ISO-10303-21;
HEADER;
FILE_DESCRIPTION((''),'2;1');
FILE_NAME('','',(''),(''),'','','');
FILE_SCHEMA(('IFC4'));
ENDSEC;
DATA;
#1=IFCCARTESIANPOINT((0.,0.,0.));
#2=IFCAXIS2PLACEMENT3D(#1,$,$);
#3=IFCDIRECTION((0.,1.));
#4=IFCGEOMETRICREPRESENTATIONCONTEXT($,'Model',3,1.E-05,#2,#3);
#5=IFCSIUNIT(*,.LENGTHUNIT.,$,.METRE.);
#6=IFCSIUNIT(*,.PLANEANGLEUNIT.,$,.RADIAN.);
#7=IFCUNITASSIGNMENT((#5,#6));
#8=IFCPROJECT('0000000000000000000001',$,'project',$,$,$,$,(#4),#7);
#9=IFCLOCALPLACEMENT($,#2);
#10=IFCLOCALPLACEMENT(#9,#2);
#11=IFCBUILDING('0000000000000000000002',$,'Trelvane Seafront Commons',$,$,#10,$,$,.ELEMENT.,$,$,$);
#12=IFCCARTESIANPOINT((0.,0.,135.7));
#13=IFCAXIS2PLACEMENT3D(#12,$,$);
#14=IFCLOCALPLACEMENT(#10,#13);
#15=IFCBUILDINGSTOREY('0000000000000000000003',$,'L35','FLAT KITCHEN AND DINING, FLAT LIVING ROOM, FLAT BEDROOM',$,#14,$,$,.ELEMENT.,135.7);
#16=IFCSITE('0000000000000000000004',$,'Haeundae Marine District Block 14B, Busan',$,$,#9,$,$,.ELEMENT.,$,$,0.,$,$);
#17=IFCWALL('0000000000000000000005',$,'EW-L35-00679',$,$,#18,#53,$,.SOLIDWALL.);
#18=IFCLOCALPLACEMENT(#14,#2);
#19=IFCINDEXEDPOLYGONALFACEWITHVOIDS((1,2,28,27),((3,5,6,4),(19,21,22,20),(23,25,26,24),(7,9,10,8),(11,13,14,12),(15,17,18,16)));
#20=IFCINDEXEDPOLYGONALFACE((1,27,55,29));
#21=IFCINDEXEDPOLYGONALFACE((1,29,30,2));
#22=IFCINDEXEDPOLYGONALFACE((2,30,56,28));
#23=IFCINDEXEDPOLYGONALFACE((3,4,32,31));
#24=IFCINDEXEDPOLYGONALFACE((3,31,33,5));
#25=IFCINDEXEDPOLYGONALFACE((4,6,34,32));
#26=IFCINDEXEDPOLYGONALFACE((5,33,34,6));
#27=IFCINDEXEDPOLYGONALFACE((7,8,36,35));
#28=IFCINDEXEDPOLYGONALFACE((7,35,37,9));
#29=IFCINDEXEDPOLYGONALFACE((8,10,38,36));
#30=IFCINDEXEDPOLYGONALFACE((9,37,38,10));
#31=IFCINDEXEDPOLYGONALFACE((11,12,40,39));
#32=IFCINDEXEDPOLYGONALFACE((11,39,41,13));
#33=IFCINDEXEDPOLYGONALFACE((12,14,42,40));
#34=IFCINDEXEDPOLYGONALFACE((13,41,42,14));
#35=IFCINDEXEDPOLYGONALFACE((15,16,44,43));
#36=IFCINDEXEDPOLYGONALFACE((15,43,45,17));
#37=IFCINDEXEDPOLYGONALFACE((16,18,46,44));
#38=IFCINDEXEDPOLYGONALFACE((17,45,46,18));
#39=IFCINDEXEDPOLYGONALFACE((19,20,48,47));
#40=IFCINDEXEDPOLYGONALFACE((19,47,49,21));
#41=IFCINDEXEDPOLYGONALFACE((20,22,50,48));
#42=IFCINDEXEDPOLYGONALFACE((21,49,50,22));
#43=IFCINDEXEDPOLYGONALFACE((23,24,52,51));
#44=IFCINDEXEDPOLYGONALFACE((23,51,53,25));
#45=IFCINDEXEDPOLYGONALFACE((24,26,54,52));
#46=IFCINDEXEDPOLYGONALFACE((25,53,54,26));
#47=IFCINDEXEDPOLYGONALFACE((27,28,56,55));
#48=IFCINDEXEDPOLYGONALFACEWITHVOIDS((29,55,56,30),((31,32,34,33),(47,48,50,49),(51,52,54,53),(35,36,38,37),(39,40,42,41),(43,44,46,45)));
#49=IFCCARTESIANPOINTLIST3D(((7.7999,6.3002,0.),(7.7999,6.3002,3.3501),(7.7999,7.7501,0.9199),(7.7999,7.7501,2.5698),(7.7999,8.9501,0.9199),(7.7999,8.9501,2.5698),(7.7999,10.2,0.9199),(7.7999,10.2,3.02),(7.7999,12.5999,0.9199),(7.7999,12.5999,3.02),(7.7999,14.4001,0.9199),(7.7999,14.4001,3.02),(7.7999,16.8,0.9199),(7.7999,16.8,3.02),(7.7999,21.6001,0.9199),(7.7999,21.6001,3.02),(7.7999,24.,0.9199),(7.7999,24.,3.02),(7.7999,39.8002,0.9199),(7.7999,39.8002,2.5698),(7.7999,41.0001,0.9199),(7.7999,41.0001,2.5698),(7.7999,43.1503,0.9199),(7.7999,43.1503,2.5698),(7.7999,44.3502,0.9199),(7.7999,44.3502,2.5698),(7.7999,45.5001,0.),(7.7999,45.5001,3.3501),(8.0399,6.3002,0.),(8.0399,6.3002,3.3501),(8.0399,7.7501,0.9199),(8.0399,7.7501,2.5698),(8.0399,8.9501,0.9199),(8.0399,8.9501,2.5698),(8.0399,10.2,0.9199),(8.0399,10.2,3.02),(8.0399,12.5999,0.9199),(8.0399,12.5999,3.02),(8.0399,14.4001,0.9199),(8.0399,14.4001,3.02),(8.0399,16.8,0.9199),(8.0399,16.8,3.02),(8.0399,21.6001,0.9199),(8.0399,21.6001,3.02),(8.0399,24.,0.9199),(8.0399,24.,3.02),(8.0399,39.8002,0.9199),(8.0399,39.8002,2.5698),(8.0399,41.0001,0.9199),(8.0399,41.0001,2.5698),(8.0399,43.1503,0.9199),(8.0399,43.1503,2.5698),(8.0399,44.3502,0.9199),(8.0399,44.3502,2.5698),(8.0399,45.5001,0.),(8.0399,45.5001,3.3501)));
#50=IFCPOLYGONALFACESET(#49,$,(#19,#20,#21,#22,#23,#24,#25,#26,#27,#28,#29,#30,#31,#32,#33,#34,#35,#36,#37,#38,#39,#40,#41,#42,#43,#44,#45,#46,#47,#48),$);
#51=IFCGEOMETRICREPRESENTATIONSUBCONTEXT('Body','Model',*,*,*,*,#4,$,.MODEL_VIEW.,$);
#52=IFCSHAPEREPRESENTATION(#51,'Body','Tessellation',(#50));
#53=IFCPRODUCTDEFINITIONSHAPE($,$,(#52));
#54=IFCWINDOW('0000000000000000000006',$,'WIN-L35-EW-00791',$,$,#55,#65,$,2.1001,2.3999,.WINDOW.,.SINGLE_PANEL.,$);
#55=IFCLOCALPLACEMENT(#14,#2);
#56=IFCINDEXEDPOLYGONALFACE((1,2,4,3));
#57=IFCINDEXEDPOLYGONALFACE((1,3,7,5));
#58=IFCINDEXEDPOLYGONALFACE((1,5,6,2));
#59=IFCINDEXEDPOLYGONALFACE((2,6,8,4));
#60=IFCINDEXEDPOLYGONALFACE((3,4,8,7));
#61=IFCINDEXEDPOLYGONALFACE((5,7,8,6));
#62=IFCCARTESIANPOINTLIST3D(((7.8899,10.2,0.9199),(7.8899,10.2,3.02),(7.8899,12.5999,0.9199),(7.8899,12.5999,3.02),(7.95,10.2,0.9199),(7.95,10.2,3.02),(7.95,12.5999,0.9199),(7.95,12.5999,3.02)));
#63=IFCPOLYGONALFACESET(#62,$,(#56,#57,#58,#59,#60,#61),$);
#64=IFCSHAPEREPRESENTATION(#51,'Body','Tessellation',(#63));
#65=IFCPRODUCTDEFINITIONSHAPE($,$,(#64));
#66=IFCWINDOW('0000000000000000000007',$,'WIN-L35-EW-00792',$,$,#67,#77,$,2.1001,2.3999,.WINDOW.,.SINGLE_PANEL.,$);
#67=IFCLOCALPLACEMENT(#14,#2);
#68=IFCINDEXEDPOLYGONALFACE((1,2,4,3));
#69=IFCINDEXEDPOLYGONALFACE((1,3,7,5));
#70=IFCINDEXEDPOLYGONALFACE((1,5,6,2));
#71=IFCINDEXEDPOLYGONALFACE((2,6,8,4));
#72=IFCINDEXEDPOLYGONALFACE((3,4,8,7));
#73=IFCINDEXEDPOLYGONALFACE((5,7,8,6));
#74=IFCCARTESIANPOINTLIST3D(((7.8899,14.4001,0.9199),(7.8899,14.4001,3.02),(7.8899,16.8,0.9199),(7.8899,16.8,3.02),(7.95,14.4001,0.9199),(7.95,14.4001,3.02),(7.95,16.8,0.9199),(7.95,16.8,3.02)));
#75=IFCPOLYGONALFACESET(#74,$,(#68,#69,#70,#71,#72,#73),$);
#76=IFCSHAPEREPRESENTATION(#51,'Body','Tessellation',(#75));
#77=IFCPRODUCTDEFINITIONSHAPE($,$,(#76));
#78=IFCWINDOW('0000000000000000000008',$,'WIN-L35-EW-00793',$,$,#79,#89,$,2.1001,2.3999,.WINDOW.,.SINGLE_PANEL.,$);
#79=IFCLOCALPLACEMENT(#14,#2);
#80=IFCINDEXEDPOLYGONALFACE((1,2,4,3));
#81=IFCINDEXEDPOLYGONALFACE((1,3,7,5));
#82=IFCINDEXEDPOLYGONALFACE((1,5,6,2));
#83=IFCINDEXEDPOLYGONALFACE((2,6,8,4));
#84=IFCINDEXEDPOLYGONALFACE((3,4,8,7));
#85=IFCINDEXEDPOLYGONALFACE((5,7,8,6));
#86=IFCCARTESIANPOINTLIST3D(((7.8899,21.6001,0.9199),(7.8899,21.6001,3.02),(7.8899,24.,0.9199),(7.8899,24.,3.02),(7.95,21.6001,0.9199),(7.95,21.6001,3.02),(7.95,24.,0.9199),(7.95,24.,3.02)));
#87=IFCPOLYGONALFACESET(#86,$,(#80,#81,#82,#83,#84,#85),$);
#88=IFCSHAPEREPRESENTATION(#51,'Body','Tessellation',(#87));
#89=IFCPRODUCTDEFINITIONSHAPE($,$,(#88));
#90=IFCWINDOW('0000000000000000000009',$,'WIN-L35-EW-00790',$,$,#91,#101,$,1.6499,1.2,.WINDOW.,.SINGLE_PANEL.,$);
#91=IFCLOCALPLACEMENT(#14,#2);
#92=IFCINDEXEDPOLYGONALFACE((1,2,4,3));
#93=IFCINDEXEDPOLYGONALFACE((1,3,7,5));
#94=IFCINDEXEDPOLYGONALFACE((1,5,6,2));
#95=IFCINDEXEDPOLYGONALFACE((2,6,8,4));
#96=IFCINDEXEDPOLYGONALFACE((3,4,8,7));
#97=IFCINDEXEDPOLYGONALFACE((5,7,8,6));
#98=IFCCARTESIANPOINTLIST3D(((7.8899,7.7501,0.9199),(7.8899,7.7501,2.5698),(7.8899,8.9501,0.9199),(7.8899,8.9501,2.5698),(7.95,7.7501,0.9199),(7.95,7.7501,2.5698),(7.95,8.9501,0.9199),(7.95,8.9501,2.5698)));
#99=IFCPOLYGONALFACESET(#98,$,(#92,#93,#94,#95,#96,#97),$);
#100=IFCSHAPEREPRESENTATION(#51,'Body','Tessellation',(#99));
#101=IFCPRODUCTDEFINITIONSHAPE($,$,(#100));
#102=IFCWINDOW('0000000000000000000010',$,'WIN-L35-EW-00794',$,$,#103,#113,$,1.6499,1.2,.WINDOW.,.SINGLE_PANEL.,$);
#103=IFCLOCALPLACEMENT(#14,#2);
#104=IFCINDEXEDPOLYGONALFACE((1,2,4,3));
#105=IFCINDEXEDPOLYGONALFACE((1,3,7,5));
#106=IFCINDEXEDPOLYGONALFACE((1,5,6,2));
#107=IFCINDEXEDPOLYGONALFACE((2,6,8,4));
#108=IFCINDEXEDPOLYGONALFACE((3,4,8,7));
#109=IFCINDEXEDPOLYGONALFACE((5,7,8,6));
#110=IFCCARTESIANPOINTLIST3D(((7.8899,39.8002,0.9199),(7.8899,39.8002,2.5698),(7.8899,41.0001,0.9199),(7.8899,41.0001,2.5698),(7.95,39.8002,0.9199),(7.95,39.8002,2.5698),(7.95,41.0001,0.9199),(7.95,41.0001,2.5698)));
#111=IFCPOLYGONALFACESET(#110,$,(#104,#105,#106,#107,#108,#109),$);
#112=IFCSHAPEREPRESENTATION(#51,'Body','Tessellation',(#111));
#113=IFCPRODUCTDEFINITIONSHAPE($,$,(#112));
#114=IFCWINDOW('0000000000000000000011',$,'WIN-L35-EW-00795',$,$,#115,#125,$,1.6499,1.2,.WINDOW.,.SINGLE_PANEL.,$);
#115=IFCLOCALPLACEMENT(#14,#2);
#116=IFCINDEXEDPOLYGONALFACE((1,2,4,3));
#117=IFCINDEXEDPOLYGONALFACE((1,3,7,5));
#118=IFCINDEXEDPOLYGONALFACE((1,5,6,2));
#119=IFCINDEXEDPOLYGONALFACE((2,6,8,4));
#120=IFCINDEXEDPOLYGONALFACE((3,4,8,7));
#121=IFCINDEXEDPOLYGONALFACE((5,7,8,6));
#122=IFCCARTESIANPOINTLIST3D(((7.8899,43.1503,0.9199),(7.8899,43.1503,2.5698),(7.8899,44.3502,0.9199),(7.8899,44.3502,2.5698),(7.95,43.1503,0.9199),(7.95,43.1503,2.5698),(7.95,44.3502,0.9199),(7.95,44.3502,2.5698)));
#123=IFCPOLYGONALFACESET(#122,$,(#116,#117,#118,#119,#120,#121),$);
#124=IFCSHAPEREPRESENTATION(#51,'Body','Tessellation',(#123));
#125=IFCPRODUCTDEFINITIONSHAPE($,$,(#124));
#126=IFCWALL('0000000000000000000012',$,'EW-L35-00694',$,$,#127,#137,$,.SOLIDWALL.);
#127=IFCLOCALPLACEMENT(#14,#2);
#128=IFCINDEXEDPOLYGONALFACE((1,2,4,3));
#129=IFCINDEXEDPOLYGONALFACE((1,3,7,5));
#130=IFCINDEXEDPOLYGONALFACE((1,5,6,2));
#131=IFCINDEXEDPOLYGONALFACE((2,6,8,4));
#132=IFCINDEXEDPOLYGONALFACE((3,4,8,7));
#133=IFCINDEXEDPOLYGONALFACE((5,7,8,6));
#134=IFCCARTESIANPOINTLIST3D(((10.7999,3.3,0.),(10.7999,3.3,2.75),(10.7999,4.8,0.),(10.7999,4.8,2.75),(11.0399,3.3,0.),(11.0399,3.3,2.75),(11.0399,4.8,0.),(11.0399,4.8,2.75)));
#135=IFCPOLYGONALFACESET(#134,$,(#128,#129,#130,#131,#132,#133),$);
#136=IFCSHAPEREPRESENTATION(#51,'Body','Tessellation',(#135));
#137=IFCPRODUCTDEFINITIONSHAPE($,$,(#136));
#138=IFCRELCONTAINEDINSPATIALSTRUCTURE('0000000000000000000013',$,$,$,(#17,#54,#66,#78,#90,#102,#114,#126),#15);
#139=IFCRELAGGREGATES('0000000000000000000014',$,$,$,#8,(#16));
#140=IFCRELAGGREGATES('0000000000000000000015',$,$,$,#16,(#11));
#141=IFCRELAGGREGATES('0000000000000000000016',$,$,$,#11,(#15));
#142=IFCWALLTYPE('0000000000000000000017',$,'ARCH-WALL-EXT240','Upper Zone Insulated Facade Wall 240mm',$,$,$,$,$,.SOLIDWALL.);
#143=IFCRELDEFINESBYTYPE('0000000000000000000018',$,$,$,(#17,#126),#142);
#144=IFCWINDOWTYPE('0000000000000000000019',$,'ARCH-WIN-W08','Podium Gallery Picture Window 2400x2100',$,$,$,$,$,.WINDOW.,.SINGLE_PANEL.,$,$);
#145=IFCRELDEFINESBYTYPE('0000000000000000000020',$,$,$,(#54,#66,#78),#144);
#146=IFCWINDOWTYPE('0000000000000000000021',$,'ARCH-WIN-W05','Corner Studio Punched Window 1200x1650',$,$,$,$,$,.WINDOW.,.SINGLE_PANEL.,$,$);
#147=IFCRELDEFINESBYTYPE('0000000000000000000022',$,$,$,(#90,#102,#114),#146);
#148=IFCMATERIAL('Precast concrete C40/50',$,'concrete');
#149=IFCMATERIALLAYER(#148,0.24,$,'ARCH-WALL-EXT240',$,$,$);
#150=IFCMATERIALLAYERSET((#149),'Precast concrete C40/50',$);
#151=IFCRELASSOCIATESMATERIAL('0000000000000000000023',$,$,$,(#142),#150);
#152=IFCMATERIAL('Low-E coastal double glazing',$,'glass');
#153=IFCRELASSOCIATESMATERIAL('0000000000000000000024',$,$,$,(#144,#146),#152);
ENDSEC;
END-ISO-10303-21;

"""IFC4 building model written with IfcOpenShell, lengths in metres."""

from ifc_helpers import new_model, si_unit, direction, frame, frame_2d, origin, place, context, subcontext, project, spatial, rectangle, extrude, source, transform, mapped, material, layer, layer_set, type_object, element, fill, save


model = new_model("IFC4")

# Units and contexts
model_context = context("Model", 3, precision=1e-05, world=origin(), true_north=direction((0.0, 1.0)))
body_context = subcontext(model_context, "Body", "Model", "MODEL_VIEW")
ifc_project = project(units=[si_unit("LENGTHUNIT", "METRE"), si_unit("PLANEANGLEUNIT", "RADIAN")], contexts=[model_context])

# Site, building, storey
site_placement = place(None, origin())
site = spatial("IfcSite", under=ifc_project, at=site_placement, Name="Haeundae Marine District Block 14B, Busan", CompositionType="ELEMENT", RefElevation=0.0)
building_placement = place(site_placement, origin())
building = spatial("IfcBuilding", under=site, at=building_placement, Name="Trelvane Seafront Commons", CompositionType="ELEMENT")
storey_placement = place(building_placement, frame((0.0, 0.0, 135.7)))
storey = spatial("IfcBuildingStorey", under=building, at=storey_placement, Name="L35", Description="FLAT KITCHEN AND DINING, FLAT LIVING ROOM, FLAT BEDROOM", CompositionType="ELEMENT", Elevation=135.7)

# Shared definitions
ifc_material_1 = material(Name="Precast concrete C40/50", Category="concrete")
ifc_layer_1 = layer(ifc_material_1, 0.24, Name="ARCH-WALL-EXT240")
ifc_layer_set_1 = layer_set([ifc_layer_1], Name="Precast concrete C40/50")
wall_type_1 = type_object("IfcWallType", Name="ARCH-WALL-EXT240", Description="Upper Zone Insulated Facade Wall 240mm", PredefinedType="SOLIDWALL", material=ifc_layer_set_1)

# Wall, openings, windows
wall_1_placement = place(storey_placement, frame((7.9199, 6.3, 0.0), z_axis=(0.0, 0.0, 1.0), x_axis=(0.0, 1.0, 0.0)))
wall_1 = element("IfcWall", 1, at=wall_1_placement, inside=storey, type_object=wall_type_1, Name="EW-L35-00679", PredefinedType="SOLIDWALL", context=body_context, shape_type="SweptSolid", body=[
    extrude(rectangle(XDim=39.2, YDim=0.24, at=frame_2d((19.6001, 0.0))), origin(), (0.0, 0.0, 1.0), 3.3501),
])
opening_1_placement = place(wall_1_placement, frame((1.45, 0.0, 0.9199)))
opening_1 = element("IfcOpeningElement", 2, at=opening_1_placement, cuts=wall_1, PredefinedType="OPENING", context=body_context, shape_type="SweptSolid", body=[
    extrude(rectangle(XDim=1.2, YDim=1.6499, at=frame_2d((0.6001, 0.825))), frame((0.0, 0.1299, 0.0), z_axis=(0.0, -1.0, 0.0), x_axis=(1.0, 0.0, 0.0)), (0.0, 0.0, 1.0), 0.26),
])
opening_2_placement = place(wall_1_placement, frame((3.8999, 0.0, 0.9199)))
opening_2 = element("IfcOpeningElement", 3, at=opening_2_placement, cuts=wall_1, PredefinedType="OPENING", context=body_context, shape_type="SweptSolid", body=[
    extrude(rectangle(XDim=2.3999, YDim=2.1001, at=frame_2d((1.2, 1.05))), frame((0.0, 0.1299, 0.0), z_axis=(0.0, -1.0, 0.0), x_axis=(1.0, 0.0, 0.0)), (0.0, 0.0, 1.0), 0.26),
])
opening_3_placement = place(wall_1_placement, frame((8.1001, 0.0, 0.9199)))
opening_3 = element("IfcOpeningElement", 4, at=opening_3_placement, cuts=wall_1, PredefinedType="OPENING", context=body_context, shape_type="SweptSolid", body=[
    extrude(rectangle(XDim=2.3999, YDim=2.1001, at=frame_2d((1.2, 1.05))), frame((0.0, 0.1299, 0.0), z_axis=(0.0, -1.0, 0.0), x_axis=(1.0, 0.0, 0.0)), (0.0, 0.0, 1.0), 0.26),
])
opening_4_placement = place(wall_1_placement, frame((15.3, 0.0, 0.9199)))
opening_4 = element("IfcOpeningElement", 5, at=opening_4_placement, cuts=wall_1, PredefinedType="OPENING", context=body_context, shape_type="SweptSolid", body=[
    extrude(rectangle(XDim=2.3999, YDim=2.1001, at=frame_2d((1.2, 1.05))), frame((0.0, 0.1299, 0.0), z_axis=(0.0, -1.0, 0.0), x_axis=(1.0, 0.0, 0.0)), (0.0, 0.0, 1.0), 0.26),
])
opening_5_placement = place(wall_1_placement, frame((33.5, 0.0, 0.9199)))
opening_5 = element("IfcOpeningElement", 6, at=opening_5_placement, cuts=wall_1, PredefinedType="OPENING", context=body_context, shape_type="SweptSolid", body=[
    extrude(rectangle(XDim=1.2, YDim=1.6499, at=frame_2d((0.6001, 0.825))), frame((0.0, 0.1299, 0.0), z_axis=(0.0, -1.0, 0.0), x_axis=(1.0, 0.0, 0.0)), (0.0, 0.0, 1.0), 0.26),
])
opening_6_placement = place(wall_1_placement, frame((36.8501, 0.0, 0.9199)))
opening_6 = element("IfcOpeningElement", 7, at=opening_6_placement, cuts=wall_1, PredefinedType="OPENING", context=body_context, shape_type="SweptSolid", body=[
    extrude(rectangle(XDim=1.2, YDim=1.6499, at=frame_2d((0.6001, 0.825))), frame((0.0, 0.1299, 0.0), z_axis=(0.0, -1.0, 0.0), x_axis=(1.0, 0.0, 0.0)), (0.0, 0.0, 1.0), 0.26),
])
ifc_material_2 = material(Name="Low-E coastal double glazing", Category="glass")
window_type_1 = type_object("IfcWindowType", Name="ARCH-WIN-W08", Description="Podium Gallery Picture Window 2400x2100", PartitioningType="SINGLE_PANEL", PredefinedType="WINDOW", material=ifc_material_2)
shared_shape_1 = source(origin(), body_context, "Body", "SweptSolid", [
    extrude(rectangle(XDim=2.3999, YDim=2.1001, at=frame_2d((1.2, 1.05))), frame((0.0, 0.03, 0.0), z_axis=(0.0, -1.0, 0.0), x_axis=(1.0, 0.0, 0.0)), (0.0, 0.0, 1.0), 0.0601),
])
window_1_placement = place(opening_2_placement, origin())
window_1 = element("IfcWindow", 8, at=window_1_placement, inside=storey, type_object=window_type_1, Name="WIN-L35-EW-00791", OverallHeight=2.1001, OverallWidth=2.3999, PartitioningType="SINGLE_PANEL", PredefinedType="WINDOW", context=body_context, shape_type="MappedRepresentation", body=[
    mapped(shared_shape_1, transform((0.0, 0.0, 0.0), x_axis=(1.0, 0.0, 0.0), y_axis=(0.0, 1.0, 0.0), z_axis=(0.0, 0.0, 1.0), scale=1.0)),
])
fill(opening_2, window_1)
window_2_placement = place(opening_3_placement, origin())
window_2 = element("IfcWindow", 9, at=window_2_placement, inside=storey, type_object=window_type_1, Name="WIN-L35-EW-00792", OverallHeight=2.1001, OverallWidth=2.3999, PartitioningType="SINGLE_PANEL", PredefinedType="WINDOW", context=body_context, shape_type="MappedRepresentation", body=[
    mapped(shared_shape_1, transform((0.0, 0.0, 0.0), x_axis=(1.0, 0.0, 0.0), y_axis=(0.0, 1.0, 0.0), z_axis=(0.0, 0.0, 1.0), scale=1.0)),
])
fill(opening_3, window_2)
window_3_placement = place(opening_4_placement, origin())
window_3 = element("IfcWindow", 10, at=window_3_placement, inside=storey, type_object=window_type_1, Name="WIN-L35-EW-00793", OverallHeight=2.1001, OverallWidth=2.3999, PartitioningType="SINGLE_PANEL", PredefinedType="WINDOW", context=body_context, shape_type="MappedRepresentation", body=[
    mapped(shared_shape_1, transform((0.0, 0.0, 0.0), x_axis=(1.0, 0.0, 0.0), y_axis=(0.0, 1.0, 0.0), z_axis=(0.0, 0.0, 1.0), scale=1.0)),
])
fill(opening_4, window_3)
window_type_2 = type_object("IfcWindowType", Name="ARCH-WIN-W05", Description="Corner Studio Punched Window 1200x1650", PartitioningType="SINGLE_PANEL", PredefinedType="WINDOW", material=ifc_material_2)
shared_shape_2 = source(origin(), body_context, "Body", "SweptSolid", [
    extrude(rectangle(XDim=1.2, YDim=1.6499, at=frame_2d((0.6001, 0.825))), frame((0.0, 0.03, 0.0), z_axis=(0.0, -1.0, 0.0), x_axis=(1.0, 0.0, 0.0)), (0.0, 0.0, 1.0), 0.0601),
])
window_4_placement = place(opening_1_placement, origin())
window_4 = element("IfcWindow", 11, at=window_4_placement, inside=storey, type_object=window_type_2, Name="WIN-L35-EW-00790", OverallHeight=1.6499, OverallWidth=1.2, PartitioningType="SINGLE_PANEL", PredefinedType="WINDOW", context=body_context, shape_type="MappedRepresentation", body=[
    mapped(shared_shape_2, transform((0.0, 0.0, 0.0), x_axis=(1.0, 0.0, 0.0), y_axis=(0.0, 1.0, 0.0), z_axis=(0.0, 0.0, 1.0), scale=1.0)),
])
fill(opening_1, window_4)
window_5_placement = place(opening_5_placement, origin())
window_5 = element("IfcWindow", 12, at=window_5_placement, inside=storey, type_object=window_type_2, Name="WIN-L35-EW-00794", OverallHeight=1.6499, OverallWidth=1.2, PartitioningType="SINGLE_PANEL", PredefinedType="WINDOW", context=body_context, shape_type="MappedRepresentation", body=[
    mapped(shared_shape_2, transform((0.0, 0.0, 0.0), x_axis=(1.0, 0.0, 0.0), y_axis=(0.0, 1.0, 0.0), z_axis=(0.0, 0.0, 1.0), scale=1.0)),
])
fill(opening_5, window_5)
window_6_placement = place(opening_6_placement, origin())
window_6 = element("IfcWindow", 13, at=window_6_placement, inside=storey, type_object=window_type_2, Name="WIN-L35-EW-00795", OverallHeight=1.6499, OverallWidth=1.2, PartitioningType="SINGLE_PANEL", PredefinedType="WINDOW", context=body_context, shape_type="MappedRepresentation", body=[
    mapped(shared_shape_2, transform((0.0, 0.0, 0.0), x_axis=(1.0, 0.0, 0.0), y_axis=(0.0, 1.0, 0.0), z_axis=(0.0, 0.0, 1.0), scale=1.0)),
])
fill(opening_6, window_6)

# Wall
wall_2_placement = place(storey_placement, frame((10.9199, 3.3, 0.0), z_axis=(0.0, 0.0, 1.0), x_axis=(0.0, 1.0, 0.0)))
element("IfcWall", 14, at=wall_2_placement, inside=storey, type_object=wall_type_1, Name="EW-L35-00694", PredefinedType="SOLIDWALL", context=body_context, shape_type="SweptSolid", body=[
    extrude(rectangle(XDim=1.5, YDim=0.24, at=frame_2d((0.75, 0.0))), origin(), (0.0, 0.0, 1.0), 2.75),
])

save(model, "model.ifc")
